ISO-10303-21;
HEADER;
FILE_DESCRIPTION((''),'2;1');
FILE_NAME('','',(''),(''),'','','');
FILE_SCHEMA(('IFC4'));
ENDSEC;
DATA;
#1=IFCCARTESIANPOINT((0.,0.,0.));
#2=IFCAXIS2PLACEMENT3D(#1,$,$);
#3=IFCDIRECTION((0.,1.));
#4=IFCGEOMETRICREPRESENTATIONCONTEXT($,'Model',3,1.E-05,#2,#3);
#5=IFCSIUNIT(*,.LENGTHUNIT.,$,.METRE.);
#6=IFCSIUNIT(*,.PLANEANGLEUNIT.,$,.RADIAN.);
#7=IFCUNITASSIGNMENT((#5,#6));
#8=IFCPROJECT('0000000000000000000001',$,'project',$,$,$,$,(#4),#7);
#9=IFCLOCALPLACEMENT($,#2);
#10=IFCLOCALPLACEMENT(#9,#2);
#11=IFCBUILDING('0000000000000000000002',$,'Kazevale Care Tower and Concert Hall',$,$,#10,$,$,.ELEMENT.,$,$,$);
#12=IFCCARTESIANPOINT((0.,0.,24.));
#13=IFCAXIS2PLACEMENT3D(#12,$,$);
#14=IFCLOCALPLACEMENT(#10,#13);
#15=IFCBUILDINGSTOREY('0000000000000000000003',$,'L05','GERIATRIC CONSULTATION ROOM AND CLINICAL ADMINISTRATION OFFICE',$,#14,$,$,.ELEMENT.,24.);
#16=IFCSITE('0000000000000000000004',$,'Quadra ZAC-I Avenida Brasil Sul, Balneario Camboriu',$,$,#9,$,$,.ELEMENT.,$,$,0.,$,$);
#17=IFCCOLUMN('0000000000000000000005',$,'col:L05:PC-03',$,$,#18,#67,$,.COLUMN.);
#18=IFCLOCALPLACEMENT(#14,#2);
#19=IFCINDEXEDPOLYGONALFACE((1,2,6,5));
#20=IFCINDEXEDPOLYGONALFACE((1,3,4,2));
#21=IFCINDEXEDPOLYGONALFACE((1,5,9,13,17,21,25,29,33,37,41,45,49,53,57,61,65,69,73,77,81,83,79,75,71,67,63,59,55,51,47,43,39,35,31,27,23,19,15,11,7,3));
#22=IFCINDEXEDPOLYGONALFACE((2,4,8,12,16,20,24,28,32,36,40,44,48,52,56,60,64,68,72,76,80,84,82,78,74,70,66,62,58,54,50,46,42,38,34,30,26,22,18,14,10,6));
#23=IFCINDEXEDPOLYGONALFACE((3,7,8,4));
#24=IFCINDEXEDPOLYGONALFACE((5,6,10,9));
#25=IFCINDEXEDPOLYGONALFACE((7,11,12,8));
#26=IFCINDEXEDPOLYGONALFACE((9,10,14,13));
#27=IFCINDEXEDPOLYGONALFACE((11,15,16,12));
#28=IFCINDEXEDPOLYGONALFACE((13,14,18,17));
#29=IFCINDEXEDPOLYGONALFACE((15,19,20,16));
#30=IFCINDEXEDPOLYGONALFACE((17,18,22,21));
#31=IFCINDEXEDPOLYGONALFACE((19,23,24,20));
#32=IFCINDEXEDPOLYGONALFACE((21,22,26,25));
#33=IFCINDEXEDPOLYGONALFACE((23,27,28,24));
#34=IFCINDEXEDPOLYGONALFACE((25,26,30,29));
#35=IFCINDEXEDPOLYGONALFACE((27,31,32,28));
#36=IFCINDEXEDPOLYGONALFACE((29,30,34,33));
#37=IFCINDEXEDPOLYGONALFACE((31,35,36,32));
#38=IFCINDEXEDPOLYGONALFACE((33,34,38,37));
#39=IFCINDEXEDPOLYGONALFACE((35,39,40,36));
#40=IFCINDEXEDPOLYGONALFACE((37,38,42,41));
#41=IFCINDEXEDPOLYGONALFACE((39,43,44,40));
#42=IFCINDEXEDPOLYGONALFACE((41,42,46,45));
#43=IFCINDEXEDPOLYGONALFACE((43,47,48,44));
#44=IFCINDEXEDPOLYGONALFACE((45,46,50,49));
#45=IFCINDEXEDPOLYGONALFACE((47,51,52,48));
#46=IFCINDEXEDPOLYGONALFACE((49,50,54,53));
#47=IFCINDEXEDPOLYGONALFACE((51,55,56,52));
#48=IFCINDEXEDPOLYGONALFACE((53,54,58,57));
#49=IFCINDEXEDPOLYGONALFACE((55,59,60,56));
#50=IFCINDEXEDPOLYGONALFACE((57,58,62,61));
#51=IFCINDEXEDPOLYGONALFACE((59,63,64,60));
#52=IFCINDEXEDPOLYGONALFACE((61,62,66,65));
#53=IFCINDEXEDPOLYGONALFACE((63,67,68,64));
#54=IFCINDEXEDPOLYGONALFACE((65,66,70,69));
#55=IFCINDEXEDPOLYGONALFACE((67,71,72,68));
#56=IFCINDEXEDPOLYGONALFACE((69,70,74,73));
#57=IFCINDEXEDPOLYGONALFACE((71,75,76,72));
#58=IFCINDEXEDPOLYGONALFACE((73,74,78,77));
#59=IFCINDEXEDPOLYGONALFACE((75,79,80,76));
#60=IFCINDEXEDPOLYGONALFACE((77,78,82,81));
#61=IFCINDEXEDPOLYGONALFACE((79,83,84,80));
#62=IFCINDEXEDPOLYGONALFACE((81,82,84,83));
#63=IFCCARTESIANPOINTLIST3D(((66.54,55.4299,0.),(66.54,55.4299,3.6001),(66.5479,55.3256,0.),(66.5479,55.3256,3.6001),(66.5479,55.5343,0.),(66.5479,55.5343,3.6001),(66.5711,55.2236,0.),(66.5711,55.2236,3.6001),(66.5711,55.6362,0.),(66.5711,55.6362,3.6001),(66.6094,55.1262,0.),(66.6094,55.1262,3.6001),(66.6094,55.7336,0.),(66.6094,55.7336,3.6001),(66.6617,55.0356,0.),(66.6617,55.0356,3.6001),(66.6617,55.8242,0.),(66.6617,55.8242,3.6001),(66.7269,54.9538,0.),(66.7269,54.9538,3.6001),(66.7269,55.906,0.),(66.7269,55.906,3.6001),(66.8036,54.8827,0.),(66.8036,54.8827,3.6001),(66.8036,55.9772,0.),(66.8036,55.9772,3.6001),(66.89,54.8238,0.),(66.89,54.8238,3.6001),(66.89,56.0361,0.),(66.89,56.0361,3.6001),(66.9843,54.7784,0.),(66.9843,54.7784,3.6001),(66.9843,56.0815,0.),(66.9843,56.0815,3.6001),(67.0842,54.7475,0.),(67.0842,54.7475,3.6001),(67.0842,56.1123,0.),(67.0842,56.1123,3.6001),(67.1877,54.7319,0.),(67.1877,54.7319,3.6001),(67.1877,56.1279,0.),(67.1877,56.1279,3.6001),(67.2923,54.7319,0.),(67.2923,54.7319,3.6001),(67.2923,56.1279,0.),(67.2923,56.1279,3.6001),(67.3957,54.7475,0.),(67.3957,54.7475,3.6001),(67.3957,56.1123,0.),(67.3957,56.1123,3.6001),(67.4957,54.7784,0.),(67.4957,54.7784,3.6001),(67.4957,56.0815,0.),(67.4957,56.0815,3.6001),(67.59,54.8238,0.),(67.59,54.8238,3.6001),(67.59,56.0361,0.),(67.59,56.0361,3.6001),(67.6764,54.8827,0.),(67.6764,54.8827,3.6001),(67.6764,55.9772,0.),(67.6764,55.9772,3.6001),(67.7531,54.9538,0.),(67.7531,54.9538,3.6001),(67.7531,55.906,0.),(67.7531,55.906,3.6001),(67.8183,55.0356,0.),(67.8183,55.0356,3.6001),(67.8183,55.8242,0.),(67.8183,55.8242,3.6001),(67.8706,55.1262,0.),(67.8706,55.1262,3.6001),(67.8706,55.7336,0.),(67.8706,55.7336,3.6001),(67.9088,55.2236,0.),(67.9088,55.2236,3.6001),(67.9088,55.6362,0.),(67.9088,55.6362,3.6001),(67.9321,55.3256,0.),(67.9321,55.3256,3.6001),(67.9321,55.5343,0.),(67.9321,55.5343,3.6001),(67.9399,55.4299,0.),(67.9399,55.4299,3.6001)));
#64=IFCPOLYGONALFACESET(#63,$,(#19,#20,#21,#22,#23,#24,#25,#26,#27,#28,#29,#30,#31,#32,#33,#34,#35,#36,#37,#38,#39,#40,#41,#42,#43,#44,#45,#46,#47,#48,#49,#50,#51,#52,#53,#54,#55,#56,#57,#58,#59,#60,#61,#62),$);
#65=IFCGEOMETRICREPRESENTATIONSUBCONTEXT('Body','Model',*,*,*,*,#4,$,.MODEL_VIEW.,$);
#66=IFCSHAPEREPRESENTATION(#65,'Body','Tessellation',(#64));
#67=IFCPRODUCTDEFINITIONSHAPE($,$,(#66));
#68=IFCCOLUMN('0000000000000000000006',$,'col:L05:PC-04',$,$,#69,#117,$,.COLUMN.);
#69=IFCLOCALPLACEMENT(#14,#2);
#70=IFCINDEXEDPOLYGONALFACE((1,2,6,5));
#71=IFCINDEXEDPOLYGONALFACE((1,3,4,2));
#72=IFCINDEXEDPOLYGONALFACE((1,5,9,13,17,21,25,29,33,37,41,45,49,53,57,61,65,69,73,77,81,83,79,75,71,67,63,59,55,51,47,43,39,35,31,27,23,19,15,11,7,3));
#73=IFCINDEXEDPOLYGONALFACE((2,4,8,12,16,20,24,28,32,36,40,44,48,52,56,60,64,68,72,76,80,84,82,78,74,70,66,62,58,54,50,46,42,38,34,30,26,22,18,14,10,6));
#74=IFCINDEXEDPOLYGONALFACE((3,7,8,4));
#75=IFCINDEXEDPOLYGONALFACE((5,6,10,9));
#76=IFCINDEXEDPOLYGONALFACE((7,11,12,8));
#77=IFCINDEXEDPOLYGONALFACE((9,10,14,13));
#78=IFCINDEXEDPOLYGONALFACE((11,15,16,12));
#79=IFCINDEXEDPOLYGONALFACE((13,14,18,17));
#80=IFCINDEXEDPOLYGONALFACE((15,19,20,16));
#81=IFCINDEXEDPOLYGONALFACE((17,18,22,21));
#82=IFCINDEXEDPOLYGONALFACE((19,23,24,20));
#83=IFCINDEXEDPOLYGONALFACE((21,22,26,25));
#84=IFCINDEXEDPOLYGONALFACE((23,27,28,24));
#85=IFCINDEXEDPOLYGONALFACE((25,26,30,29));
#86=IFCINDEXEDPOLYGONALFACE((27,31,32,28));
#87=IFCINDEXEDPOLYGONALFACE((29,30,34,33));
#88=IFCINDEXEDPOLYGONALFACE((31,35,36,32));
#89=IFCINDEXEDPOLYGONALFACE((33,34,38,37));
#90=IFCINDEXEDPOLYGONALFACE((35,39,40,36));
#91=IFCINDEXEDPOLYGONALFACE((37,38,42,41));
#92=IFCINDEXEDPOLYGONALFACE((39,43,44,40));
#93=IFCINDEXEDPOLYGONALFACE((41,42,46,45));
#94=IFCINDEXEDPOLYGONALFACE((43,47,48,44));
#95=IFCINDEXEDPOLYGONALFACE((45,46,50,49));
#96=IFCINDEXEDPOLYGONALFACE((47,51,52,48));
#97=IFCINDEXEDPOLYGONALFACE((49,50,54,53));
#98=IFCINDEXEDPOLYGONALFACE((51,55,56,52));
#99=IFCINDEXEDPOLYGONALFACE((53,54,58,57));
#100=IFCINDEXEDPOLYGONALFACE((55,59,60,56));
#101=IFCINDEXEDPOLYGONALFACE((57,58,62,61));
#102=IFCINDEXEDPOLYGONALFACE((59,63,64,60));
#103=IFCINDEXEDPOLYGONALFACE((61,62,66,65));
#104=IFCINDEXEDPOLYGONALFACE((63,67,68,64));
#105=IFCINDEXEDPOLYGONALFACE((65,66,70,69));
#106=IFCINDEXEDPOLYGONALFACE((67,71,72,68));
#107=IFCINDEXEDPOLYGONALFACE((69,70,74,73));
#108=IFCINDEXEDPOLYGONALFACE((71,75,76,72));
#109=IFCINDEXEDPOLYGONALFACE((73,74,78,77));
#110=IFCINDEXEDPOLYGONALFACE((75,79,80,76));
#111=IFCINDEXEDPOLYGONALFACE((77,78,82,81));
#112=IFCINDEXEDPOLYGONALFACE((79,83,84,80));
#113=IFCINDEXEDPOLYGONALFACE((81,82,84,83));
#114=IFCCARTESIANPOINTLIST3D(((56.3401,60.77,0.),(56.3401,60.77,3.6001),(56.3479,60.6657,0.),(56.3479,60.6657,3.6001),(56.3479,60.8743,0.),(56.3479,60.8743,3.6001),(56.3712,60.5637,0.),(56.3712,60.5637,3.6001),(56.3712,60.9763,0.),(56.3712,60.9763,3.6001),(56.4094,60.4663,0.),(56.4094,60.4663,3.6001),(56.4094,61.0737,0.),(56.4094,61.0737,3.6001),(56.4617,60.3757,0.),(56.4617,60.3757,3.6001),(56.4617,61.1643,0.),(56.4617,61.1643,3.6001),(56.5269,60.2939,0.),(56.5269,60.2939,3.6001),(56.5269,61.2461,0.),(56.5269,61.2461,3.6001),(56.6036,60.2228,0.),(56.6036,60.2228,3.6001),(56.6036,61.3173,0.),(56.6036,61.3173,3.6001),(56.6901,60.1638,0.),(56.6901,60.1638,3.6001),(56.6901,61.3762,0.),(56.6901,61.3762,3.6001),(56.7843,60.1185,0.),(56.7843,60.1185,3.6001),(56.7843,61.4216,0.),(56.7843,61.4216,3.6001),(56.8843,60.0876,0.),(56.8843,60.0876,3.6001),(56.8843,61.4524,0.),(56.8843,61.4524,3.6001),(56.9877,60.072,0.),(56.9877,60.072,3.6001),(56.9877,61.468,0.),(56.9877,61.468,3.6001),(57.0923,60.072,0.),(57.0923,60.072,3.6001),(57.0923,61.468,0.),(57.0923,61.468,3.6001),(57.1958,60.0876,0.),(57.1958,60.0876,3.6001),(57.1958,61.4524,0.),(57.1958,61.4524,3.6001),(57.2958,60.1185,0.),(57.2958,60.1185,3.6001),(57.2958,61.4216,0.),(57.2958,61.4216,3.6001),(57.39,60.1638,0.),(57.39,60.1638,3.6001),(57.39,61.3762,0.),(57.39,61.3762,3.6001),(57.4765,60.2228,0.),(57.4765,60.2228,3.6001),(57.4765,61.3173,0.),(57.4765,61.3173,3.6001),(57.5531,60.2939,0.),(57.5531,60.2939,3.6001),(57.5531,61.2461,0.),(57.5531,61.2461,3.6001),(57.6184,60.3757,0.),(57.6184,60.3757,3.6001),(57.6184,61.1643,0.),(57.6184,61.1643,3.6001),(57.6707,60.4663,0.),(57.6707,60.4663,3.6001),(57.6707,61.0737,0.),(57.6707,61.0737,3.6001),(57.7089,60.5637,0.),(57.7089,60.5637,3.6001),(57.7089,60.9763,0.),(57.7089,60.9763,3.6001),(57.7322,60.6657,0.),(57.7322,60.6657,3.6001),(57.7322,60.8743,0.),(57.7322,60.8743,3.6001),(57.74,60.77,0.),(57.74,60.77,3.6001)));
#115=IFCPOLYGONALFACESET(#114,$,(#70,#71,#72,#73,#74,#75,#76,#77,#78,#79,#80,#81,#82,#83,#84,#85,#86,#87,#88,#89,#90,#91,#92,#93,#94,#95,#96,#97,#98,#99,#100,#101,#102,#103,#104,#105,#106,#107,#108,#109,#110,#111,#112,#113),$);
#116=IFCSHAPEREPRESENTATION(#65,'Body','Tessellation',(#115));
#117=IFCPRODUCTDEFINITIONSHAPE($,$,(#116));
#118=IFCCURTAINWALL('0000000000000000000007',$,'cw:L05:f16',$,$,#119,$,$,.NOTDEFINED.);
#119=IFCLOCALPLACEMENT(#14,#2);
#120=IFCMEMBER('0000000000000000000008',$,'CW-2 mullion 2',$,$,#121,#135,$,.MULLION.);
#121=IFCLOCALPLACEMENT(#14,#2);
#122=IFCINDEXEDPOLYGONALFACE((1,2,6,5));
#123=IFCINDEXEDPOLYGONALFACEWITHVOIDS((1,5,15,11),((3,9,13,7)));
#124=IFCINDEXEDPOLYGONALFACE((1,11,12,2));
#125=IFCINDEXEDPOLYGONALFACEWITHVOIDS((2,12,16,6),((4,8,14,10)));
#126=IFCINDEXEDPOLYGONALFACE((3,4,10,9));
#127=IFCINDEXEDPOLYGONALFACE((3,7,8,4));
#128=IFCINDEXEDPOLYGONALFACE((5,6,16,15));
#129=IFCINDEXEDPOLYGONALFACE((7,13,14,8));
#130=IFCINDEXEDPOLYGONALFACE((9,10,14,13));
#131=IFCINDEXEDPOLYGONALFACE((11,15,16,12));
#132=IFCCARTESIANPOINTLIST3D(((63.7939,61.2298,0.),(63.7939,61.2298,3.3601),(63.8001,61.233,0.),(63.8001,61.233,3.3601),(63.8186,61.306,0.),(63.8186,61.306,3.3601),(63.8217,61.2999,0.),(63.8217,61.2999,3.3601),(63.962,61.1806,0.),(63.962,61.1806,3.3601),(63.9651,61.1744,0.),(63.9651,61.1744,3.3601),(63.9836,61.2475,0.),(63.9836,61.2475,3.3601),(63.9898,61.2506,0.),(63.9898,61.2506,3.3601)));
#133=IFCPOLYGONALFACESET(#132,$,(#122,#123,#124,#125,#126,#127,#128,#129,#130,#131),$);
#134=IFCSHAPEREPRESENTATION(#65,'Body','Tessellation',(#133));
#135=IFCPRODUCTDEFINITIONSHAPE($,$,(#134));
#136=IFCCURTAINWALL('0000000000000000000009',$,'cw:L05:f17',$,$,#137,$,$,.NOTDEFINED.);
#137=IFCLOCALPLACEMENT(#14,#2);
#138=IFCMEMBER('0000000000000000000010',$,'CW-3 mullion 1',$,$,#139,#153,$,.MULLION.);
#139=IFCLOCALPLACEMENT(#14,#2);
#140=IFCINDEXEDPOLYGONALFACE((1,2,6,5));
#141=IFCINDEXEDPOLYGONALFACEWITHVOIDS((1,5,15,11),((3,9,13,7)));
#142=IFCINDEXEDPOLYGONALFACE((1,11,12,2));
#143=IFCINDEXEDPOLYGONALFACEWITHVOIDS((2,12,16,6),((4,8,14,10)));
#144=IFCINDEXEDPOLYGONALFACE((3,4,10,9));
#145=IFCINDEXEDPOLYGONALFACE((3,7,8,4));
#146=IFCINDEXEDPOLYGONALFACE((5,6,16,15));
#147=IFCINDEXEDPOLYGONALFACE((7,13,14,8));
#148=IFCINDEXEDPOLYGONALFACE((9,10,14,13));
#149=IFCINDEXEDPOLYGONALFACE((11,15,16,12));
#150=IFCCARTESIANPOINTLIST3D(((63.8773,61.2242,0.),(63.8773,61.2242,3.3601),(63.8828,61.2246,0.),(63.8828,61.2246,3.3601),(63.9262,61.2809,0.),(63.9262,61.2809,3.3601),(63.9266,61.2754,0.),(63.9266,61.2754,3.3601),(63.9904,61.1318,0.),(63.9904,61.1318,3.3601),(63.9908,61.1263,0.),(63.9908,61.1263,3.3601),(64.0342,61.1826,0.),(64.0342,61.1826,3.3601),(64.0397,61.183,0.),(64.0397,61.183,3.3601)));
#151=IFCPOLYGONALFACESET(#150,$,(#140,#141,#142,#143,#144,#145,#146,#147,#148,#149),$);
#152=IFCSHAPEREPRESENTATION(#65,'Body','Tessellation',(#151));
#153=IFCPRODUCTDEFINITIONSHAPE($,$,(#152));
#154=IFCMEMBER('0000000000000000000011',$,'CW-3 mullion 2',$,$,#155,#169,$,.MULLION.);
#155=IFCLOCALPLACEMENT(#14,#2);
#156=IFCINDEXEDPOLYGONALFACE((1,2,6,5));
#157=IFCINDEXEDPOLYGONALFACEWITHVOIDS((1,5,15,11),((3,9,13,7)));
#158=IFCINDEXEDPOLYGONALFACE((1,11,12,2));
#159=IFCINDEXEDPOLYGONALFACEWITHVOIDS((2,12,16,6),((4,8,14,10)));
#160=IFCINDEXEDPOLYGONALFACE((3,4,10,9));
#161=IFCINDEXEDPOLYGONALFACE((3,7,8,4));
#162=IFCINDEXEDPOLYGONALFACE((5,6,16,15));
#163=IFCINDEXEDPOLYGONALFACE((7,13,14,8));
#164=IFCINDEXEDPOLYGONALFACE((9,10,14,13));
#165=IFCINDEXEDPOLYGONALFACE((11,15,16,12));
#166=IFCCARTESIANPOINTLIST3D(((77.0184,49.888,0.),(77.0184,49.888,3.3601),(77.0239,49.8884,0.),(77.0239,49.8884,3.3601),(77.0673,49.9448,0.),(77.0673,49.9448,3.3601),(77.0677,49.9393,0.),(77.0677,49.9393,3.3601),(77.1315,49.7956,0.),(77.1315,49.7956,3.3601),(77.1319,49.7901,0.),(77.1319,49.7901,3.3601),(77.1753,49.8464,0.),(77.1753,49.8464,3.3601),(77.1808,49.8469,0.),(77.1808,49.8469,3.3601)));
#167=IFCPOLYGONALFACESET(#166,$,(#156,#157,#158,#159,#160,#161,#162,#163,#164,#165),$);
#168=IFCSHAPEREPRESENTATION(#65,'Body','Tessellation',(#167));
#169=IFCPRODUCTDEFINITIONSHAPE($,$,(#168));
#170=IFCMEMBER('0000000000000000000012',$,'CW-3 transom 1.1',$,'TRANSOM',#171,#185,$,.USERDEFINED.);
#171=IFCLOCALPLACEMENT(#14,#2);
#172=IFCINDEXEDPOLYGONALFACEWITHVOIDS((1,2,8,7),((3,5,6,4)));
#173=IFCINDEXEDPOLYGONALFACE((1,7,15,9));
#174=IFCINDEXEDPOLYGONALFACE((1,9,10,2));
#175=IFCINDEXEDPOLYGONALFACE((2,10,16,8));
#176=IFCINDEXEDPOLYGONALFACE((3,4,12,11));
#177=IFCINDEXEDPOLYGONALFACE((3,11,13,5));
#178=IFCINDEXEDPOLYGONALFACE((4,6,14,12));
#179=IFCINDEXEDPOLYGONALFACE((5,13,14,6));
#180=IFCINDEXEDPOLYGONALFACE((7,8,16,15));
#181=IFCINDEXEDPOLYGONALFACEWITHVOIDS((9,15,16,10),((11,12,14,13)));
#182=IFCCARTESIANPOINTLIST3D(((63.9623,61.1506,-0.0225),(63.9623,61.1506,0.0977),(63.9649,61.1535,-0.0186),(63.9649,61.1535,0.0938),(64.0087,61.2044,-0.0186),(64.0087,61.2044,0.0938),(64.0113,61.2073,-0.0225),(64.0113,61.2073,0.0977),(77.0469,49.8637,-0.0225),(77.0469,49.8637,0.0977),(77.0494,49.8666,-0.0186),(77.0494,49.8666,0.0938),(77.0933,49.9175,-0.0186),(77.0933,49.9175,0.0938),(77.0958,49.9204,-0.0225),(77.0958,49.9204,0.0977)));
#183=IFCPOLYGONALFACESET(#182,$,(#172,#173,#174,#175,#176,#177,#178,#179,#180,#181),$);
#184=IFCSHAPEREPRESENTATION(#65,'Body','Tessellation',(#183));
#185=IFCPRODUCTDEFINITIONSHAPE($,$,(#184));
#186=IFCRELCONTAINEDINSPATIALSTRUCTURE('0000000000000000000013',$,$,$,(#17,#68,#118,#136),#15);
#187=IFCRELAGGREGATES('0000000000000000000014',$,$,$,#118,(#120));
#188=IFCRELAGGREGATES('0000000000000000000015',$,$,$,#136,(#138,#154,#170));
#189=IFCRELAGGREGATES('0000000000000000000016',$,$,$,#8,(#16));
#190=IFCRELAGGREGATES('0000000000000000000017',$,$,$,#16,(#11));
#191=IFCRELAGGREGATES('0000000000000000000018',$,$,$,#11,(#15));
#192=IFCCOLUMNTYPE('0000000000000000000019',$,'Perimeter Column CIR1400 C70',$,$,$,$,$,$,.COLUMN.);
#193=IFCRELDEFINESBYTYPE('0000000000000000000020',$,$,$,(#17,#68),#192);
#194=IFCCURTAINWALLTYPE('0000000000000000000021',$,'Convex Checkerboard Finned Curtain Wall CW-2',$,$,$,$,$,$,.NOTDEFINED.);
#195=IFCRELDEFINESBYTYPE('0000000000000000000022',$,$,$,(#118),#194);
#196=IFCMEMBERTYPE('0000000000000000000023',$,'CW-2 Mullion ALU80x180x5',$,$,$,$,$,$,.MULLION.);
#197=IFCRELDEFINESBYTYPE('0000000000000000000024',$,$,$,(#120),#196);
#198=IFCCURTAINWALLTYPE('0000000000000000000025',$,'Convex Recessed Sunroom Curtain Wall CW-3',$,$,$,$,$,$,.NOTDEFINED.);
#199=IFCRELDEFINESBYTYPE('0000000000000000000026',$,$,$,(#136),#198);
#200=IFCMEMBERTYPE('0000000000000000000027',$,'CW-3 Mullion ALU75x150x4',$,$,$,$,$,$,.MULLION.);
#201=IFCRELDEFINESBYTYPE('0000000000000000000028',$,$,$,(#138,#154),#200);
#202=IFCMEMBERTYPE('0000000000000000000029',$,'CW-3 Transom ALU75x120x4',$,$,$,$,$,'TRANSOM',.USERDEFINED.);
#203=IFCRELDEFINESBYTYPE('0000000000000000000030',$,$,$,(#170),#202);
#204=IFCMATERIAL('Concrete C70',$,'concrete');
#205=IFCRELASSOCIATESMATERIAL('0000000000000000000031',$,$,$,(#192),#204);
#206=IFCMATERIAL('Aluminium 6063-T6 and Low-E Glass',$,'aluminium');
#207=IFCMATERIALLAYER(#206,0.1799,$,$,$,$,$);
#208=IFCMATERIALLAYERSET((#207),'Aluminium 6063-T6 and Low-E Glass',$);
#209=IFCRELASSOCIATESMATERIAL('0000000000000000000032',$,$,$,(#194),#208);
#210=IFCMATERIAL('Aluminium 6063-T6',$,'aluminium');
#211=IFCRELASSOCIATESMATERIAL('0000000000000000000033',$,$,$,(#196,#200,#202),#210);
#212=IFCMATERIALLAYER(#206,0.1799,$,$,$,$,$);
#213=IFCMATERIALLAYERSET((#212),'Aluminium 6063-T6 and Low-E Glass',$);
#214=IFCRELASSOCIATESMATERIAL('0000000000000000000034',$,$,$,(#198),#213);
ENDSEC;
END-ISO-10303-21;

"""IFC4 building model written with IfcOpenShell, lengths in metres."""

from ifc_helpers import new_model, si_unit, direction, frame, origin, origin_2d, place, context, subcontext, project, spatial, hollow_rectangle, circle, extrude, material, layer, layer_set, material_profile, profile_set, type_object, element, aggregate, save


model = new_model("IFC4")

# Units and contexts
model_context = context("Model", 3, precision=1e-05, world=origin(), true_north=direction((0.0, 1.0)))
body_context = subcontext(model_context, "Body", "Model", "MODEL_VIEW")
ifc_project = project(units=[si_unit("LENGTHUNIT", "METRE"), si_unit("PLANEANGLEUNIT", "RADIAN")], contexts=[model_context])

# Site, building, storey
site_placement = place(None, origin())
site = spatial("IfcSite", under=ifc_project, at=site_placement, Name="Quadra ZAC-I Avenida Brasil Sul, Balneario Camboriu", CompositionType="ELEMENT", RefElevation=0.0)
building_placement = place(site_placement, origin())
building = spatial("IfcBuilding", under=site, at=building_placement, Name="Kazevale Care Tower and Concert Hall", CompositionType="ELEMENT")
storey_placement = place(building_placement, frame((0.0, 0.0, 24.0)))
storey = spatial("IfcBuildingStorey", under=building, at=storey_placement, Name="L05", Description="GERIATRIC CONSULTATION ROOM AND CLINICAL ADMINISTRATION OFFICE", CompositionType="ELEMENT", Elevation=24.0)

# Columns
ifc_material_1 = material(Name="Concrete C70", Category="concrete")
ifc_material_profile_1 = material_profile(ifc_material_1, circle(Radius=0.7, at=origin_2d()), Name="RC-CIR1400")
ifc_profile_set_1 = profile_set([ifc_material_profile_1], Name="Concrete C70")
column_type = type_object("IfcColumnType", Name="Perimeter Column CIR1400 C70", PredefinedType="COLUMN", material=ifc_profile_set_1)
for number, where, z_axis, x_axis, name in (
    (1, (67.24, 55.4299, 0.0), (0.0, 0.0, 1.0), (1.0, 0.0, 0.0), "col:L05:PC-03"),
    (2, (57.04, 60.77, 0.0), (0.0, 0.0, 1.0), (1.0, 0.0, 0.0), "col:L05:PC-04"),
):
    element("IfcColumn", number, at=place(storey_placement, frame(where, z_axis=z_axis, x_axis=x_axis)), inside=storey, type_object=column_type, Name=name, PredefinedType="COLUMN", context=body_context, shape_type="SweptSolid", body=[
        extrude(circle(Radius=0.7, at=origin_2d()), origin(), (0.0, 0.0, 1.0), 3.6001),
    ])

# Curtain wall, member
ifc_material_2 = material(Name="Aluminium 6063-T6 and Low-E Glass", Category="aluminium")
ifc_layer_1 = layer(ifc_material_2, 0.1799)
ifc_layer_set_1 = layer_set([ifc_layer_1], Name="Aluminium 6063-T6 and Low-E Glass")
curtain_wall_type_1 = type_object("IfcCurtainWallType", Name="Convex Checkerboard Finned Curtain Wall CW-2", PredefinedType="NOTDEFINED", material=ifc_layer_set_1)
curtain_wall_1_placement = place(storey_placement, origin())
curtain_wall_1 = element("IfcCurtainWall", 3, at=curtain_wall_1_placement, inside=storey, type_object=curtain_wall_type_1, Name="cw:L05:f16", PredefinedType="NOTDEFINED")
ifc_material_3 = material(Name="Aluminium 6063-T6", Category="aluminium")
ifc_material_profile_2 = material_profile(ifc_material_3, hollow_rectangle(XDim=0.0801, YDim=0.1799, WallThickness=0.0049, at=origin_2d()), Name="ALU80x180x5")
ifc_profile_set_2 = profile_set([ifc_material_profile_2], Name="Aluminium 6063-T6")
member_type_1 = type_object("IfcMemberType", Name="CW-2 Mullion ALU80x180x5", PredefinedType="MULLION", material=ifc_profile_set_2)
member_1_placement = place(storey_placement, frame((63.8918, 61.2402, 0.0), z_axis=(0.0, 0.0, 1.0), x_axis=(0.307926, 0.95141, 0.0)))
member_1 = element("IfcMember", 4, at=member_1_placement, type_object=member_type_1, Name="CW-2 mullion 2", PredefinedType="MULLION", context=body_context, shape_type="SweptSolid", body=[
    extrude(hollow_rectangle(XDim=0.0801, YDim=0.1799, WallThickness=0.0049, at=origin_2d()), origin(), (0.0, 0.0, 1.0), 3.3601),
])

# Curtain wall, members
ifc_layer_2 = layer(ifc_material_2, 0.1799)
ifc_layer_set_2 = layer_set([ifc_layer_2], Name="Aluminium 6063-T6 and Low-E Glass")
curtain_wall_type_2 = type_object("IfcCurtainWallType", Name="Convex Recessed Sunroom Curtain Wall CW-3", PredefinedType="NOTDEFINED", material=ifc_layer_set_2)
curtain_wall_2_placement = place(storey_placement, origin())
curtain_wall_2 = element("IfcCurtainWall", 5, at=curtain_wall_2_placement, inside=storey, type_object=curtain_wall_type_2, Name="cw:L05:f17", PredefinedType="NOTDEFINED")
ifc_material_profile_3 = material_profile(ifc_material_3, hollow_rectangle(XDim=0.075, YDim=0.1499, WallThickness=0.0039, at=origin_2d()), Name="ALU75x150x4")
ifc_profile_set_3 = profile_set([ifc_material_profile_3], Name="Aluminium 6063-T6")
member_type_2 = type_object("IfcMemberType", Name="CW-3 Mullion ALU75x150x4", PredefinedType="MULLION", material=ifc_profile_set_3)
member_2_placement = place(storey_placement, frame((63.9585, 61.2036, 0.0), z_axis=(0.0, 0.0, 1.0), x_axis=(0.653184, 0.7572, 0.0)))
member_2 = element("IfcMember", 6, at=member_2_placement, type_object=member_type_2, Name="CW-3 mullion 1", PredefinedType="MULLION", context=body_context, shape_type="SweptSolid", body=[
    extrude(hollow_rectangle(XDim=0.075, YDim=0.1499, WallThickness=0.0039, at=origin_2d()), origin(), (0.0, 0.0, 1.0), 3.3601),
])
member_3_placement = place(storey_placement, frame((77.0996, 49.8674, 0.0), z_axis=(0.0, 0.0, 1.0), x_axis=(0.653184, 0.7572, 0.0)))
member_3 = element("IfcMember", 7, at=member_3_placement, type_object=member_type_2, Name="CW-3 mullion 2", PredefinedType="MULLION", context=body_context, shape_type="SweptSolid", body=[
    extrude(hollow_rectangle(XDim=0.075, YDim=0.1499, WallThickness=0.0039, at=origin_2d()), origin(), (0.0, 0.0, 1.0), 3.3601),
])
ifc_material_profile_4 = material_profile(ifc_material_3, hollow_rectangle(XDim=0.075, YDim=0.1201, WallThickness=0.0039, at=origin_2d()), Name="ALU75x120x4")
ifc_profile_set_4 = profile_set([ifc_material_profile_4], Name="Aluminium 6063-T6")
member_type_3 = type_object("IfcMemberType", Name="CW-3 Transom ALU75x120x4", ElementType="TRANSOM", PredefinedType="USERDEFINED", material=ifc_profile_set_4)
member_4_placement = place(storey_placement, frame((63.9868, 61.179, 0.0376), z_axis=(0.757205, -0.653177, 0.0), x_axis=(0.653177, 0.757205, 0.0)))
member_4 = element("IfcMember", 8, at=member_4_placement, type_object=member_type_3, Name="CW-3 transom 1.1", ObjectType="TRANSOM", PredefinedType="USERDEFINED", context=body_context, shape_type="SweptSolid", body=[
    extrude(hollow_rectangle(XDim=0.075, YDim=0.1201, WallThickness=0.0039, at=origin_2d()), origin(), (0.0, 0.0, 1.0), 17.28),
])

aggregate(curtain_wall_1, [member_1])
aggregate(curtain_wall_2, [member_2, member_3, member_4])

save(model, "model.ifc")
